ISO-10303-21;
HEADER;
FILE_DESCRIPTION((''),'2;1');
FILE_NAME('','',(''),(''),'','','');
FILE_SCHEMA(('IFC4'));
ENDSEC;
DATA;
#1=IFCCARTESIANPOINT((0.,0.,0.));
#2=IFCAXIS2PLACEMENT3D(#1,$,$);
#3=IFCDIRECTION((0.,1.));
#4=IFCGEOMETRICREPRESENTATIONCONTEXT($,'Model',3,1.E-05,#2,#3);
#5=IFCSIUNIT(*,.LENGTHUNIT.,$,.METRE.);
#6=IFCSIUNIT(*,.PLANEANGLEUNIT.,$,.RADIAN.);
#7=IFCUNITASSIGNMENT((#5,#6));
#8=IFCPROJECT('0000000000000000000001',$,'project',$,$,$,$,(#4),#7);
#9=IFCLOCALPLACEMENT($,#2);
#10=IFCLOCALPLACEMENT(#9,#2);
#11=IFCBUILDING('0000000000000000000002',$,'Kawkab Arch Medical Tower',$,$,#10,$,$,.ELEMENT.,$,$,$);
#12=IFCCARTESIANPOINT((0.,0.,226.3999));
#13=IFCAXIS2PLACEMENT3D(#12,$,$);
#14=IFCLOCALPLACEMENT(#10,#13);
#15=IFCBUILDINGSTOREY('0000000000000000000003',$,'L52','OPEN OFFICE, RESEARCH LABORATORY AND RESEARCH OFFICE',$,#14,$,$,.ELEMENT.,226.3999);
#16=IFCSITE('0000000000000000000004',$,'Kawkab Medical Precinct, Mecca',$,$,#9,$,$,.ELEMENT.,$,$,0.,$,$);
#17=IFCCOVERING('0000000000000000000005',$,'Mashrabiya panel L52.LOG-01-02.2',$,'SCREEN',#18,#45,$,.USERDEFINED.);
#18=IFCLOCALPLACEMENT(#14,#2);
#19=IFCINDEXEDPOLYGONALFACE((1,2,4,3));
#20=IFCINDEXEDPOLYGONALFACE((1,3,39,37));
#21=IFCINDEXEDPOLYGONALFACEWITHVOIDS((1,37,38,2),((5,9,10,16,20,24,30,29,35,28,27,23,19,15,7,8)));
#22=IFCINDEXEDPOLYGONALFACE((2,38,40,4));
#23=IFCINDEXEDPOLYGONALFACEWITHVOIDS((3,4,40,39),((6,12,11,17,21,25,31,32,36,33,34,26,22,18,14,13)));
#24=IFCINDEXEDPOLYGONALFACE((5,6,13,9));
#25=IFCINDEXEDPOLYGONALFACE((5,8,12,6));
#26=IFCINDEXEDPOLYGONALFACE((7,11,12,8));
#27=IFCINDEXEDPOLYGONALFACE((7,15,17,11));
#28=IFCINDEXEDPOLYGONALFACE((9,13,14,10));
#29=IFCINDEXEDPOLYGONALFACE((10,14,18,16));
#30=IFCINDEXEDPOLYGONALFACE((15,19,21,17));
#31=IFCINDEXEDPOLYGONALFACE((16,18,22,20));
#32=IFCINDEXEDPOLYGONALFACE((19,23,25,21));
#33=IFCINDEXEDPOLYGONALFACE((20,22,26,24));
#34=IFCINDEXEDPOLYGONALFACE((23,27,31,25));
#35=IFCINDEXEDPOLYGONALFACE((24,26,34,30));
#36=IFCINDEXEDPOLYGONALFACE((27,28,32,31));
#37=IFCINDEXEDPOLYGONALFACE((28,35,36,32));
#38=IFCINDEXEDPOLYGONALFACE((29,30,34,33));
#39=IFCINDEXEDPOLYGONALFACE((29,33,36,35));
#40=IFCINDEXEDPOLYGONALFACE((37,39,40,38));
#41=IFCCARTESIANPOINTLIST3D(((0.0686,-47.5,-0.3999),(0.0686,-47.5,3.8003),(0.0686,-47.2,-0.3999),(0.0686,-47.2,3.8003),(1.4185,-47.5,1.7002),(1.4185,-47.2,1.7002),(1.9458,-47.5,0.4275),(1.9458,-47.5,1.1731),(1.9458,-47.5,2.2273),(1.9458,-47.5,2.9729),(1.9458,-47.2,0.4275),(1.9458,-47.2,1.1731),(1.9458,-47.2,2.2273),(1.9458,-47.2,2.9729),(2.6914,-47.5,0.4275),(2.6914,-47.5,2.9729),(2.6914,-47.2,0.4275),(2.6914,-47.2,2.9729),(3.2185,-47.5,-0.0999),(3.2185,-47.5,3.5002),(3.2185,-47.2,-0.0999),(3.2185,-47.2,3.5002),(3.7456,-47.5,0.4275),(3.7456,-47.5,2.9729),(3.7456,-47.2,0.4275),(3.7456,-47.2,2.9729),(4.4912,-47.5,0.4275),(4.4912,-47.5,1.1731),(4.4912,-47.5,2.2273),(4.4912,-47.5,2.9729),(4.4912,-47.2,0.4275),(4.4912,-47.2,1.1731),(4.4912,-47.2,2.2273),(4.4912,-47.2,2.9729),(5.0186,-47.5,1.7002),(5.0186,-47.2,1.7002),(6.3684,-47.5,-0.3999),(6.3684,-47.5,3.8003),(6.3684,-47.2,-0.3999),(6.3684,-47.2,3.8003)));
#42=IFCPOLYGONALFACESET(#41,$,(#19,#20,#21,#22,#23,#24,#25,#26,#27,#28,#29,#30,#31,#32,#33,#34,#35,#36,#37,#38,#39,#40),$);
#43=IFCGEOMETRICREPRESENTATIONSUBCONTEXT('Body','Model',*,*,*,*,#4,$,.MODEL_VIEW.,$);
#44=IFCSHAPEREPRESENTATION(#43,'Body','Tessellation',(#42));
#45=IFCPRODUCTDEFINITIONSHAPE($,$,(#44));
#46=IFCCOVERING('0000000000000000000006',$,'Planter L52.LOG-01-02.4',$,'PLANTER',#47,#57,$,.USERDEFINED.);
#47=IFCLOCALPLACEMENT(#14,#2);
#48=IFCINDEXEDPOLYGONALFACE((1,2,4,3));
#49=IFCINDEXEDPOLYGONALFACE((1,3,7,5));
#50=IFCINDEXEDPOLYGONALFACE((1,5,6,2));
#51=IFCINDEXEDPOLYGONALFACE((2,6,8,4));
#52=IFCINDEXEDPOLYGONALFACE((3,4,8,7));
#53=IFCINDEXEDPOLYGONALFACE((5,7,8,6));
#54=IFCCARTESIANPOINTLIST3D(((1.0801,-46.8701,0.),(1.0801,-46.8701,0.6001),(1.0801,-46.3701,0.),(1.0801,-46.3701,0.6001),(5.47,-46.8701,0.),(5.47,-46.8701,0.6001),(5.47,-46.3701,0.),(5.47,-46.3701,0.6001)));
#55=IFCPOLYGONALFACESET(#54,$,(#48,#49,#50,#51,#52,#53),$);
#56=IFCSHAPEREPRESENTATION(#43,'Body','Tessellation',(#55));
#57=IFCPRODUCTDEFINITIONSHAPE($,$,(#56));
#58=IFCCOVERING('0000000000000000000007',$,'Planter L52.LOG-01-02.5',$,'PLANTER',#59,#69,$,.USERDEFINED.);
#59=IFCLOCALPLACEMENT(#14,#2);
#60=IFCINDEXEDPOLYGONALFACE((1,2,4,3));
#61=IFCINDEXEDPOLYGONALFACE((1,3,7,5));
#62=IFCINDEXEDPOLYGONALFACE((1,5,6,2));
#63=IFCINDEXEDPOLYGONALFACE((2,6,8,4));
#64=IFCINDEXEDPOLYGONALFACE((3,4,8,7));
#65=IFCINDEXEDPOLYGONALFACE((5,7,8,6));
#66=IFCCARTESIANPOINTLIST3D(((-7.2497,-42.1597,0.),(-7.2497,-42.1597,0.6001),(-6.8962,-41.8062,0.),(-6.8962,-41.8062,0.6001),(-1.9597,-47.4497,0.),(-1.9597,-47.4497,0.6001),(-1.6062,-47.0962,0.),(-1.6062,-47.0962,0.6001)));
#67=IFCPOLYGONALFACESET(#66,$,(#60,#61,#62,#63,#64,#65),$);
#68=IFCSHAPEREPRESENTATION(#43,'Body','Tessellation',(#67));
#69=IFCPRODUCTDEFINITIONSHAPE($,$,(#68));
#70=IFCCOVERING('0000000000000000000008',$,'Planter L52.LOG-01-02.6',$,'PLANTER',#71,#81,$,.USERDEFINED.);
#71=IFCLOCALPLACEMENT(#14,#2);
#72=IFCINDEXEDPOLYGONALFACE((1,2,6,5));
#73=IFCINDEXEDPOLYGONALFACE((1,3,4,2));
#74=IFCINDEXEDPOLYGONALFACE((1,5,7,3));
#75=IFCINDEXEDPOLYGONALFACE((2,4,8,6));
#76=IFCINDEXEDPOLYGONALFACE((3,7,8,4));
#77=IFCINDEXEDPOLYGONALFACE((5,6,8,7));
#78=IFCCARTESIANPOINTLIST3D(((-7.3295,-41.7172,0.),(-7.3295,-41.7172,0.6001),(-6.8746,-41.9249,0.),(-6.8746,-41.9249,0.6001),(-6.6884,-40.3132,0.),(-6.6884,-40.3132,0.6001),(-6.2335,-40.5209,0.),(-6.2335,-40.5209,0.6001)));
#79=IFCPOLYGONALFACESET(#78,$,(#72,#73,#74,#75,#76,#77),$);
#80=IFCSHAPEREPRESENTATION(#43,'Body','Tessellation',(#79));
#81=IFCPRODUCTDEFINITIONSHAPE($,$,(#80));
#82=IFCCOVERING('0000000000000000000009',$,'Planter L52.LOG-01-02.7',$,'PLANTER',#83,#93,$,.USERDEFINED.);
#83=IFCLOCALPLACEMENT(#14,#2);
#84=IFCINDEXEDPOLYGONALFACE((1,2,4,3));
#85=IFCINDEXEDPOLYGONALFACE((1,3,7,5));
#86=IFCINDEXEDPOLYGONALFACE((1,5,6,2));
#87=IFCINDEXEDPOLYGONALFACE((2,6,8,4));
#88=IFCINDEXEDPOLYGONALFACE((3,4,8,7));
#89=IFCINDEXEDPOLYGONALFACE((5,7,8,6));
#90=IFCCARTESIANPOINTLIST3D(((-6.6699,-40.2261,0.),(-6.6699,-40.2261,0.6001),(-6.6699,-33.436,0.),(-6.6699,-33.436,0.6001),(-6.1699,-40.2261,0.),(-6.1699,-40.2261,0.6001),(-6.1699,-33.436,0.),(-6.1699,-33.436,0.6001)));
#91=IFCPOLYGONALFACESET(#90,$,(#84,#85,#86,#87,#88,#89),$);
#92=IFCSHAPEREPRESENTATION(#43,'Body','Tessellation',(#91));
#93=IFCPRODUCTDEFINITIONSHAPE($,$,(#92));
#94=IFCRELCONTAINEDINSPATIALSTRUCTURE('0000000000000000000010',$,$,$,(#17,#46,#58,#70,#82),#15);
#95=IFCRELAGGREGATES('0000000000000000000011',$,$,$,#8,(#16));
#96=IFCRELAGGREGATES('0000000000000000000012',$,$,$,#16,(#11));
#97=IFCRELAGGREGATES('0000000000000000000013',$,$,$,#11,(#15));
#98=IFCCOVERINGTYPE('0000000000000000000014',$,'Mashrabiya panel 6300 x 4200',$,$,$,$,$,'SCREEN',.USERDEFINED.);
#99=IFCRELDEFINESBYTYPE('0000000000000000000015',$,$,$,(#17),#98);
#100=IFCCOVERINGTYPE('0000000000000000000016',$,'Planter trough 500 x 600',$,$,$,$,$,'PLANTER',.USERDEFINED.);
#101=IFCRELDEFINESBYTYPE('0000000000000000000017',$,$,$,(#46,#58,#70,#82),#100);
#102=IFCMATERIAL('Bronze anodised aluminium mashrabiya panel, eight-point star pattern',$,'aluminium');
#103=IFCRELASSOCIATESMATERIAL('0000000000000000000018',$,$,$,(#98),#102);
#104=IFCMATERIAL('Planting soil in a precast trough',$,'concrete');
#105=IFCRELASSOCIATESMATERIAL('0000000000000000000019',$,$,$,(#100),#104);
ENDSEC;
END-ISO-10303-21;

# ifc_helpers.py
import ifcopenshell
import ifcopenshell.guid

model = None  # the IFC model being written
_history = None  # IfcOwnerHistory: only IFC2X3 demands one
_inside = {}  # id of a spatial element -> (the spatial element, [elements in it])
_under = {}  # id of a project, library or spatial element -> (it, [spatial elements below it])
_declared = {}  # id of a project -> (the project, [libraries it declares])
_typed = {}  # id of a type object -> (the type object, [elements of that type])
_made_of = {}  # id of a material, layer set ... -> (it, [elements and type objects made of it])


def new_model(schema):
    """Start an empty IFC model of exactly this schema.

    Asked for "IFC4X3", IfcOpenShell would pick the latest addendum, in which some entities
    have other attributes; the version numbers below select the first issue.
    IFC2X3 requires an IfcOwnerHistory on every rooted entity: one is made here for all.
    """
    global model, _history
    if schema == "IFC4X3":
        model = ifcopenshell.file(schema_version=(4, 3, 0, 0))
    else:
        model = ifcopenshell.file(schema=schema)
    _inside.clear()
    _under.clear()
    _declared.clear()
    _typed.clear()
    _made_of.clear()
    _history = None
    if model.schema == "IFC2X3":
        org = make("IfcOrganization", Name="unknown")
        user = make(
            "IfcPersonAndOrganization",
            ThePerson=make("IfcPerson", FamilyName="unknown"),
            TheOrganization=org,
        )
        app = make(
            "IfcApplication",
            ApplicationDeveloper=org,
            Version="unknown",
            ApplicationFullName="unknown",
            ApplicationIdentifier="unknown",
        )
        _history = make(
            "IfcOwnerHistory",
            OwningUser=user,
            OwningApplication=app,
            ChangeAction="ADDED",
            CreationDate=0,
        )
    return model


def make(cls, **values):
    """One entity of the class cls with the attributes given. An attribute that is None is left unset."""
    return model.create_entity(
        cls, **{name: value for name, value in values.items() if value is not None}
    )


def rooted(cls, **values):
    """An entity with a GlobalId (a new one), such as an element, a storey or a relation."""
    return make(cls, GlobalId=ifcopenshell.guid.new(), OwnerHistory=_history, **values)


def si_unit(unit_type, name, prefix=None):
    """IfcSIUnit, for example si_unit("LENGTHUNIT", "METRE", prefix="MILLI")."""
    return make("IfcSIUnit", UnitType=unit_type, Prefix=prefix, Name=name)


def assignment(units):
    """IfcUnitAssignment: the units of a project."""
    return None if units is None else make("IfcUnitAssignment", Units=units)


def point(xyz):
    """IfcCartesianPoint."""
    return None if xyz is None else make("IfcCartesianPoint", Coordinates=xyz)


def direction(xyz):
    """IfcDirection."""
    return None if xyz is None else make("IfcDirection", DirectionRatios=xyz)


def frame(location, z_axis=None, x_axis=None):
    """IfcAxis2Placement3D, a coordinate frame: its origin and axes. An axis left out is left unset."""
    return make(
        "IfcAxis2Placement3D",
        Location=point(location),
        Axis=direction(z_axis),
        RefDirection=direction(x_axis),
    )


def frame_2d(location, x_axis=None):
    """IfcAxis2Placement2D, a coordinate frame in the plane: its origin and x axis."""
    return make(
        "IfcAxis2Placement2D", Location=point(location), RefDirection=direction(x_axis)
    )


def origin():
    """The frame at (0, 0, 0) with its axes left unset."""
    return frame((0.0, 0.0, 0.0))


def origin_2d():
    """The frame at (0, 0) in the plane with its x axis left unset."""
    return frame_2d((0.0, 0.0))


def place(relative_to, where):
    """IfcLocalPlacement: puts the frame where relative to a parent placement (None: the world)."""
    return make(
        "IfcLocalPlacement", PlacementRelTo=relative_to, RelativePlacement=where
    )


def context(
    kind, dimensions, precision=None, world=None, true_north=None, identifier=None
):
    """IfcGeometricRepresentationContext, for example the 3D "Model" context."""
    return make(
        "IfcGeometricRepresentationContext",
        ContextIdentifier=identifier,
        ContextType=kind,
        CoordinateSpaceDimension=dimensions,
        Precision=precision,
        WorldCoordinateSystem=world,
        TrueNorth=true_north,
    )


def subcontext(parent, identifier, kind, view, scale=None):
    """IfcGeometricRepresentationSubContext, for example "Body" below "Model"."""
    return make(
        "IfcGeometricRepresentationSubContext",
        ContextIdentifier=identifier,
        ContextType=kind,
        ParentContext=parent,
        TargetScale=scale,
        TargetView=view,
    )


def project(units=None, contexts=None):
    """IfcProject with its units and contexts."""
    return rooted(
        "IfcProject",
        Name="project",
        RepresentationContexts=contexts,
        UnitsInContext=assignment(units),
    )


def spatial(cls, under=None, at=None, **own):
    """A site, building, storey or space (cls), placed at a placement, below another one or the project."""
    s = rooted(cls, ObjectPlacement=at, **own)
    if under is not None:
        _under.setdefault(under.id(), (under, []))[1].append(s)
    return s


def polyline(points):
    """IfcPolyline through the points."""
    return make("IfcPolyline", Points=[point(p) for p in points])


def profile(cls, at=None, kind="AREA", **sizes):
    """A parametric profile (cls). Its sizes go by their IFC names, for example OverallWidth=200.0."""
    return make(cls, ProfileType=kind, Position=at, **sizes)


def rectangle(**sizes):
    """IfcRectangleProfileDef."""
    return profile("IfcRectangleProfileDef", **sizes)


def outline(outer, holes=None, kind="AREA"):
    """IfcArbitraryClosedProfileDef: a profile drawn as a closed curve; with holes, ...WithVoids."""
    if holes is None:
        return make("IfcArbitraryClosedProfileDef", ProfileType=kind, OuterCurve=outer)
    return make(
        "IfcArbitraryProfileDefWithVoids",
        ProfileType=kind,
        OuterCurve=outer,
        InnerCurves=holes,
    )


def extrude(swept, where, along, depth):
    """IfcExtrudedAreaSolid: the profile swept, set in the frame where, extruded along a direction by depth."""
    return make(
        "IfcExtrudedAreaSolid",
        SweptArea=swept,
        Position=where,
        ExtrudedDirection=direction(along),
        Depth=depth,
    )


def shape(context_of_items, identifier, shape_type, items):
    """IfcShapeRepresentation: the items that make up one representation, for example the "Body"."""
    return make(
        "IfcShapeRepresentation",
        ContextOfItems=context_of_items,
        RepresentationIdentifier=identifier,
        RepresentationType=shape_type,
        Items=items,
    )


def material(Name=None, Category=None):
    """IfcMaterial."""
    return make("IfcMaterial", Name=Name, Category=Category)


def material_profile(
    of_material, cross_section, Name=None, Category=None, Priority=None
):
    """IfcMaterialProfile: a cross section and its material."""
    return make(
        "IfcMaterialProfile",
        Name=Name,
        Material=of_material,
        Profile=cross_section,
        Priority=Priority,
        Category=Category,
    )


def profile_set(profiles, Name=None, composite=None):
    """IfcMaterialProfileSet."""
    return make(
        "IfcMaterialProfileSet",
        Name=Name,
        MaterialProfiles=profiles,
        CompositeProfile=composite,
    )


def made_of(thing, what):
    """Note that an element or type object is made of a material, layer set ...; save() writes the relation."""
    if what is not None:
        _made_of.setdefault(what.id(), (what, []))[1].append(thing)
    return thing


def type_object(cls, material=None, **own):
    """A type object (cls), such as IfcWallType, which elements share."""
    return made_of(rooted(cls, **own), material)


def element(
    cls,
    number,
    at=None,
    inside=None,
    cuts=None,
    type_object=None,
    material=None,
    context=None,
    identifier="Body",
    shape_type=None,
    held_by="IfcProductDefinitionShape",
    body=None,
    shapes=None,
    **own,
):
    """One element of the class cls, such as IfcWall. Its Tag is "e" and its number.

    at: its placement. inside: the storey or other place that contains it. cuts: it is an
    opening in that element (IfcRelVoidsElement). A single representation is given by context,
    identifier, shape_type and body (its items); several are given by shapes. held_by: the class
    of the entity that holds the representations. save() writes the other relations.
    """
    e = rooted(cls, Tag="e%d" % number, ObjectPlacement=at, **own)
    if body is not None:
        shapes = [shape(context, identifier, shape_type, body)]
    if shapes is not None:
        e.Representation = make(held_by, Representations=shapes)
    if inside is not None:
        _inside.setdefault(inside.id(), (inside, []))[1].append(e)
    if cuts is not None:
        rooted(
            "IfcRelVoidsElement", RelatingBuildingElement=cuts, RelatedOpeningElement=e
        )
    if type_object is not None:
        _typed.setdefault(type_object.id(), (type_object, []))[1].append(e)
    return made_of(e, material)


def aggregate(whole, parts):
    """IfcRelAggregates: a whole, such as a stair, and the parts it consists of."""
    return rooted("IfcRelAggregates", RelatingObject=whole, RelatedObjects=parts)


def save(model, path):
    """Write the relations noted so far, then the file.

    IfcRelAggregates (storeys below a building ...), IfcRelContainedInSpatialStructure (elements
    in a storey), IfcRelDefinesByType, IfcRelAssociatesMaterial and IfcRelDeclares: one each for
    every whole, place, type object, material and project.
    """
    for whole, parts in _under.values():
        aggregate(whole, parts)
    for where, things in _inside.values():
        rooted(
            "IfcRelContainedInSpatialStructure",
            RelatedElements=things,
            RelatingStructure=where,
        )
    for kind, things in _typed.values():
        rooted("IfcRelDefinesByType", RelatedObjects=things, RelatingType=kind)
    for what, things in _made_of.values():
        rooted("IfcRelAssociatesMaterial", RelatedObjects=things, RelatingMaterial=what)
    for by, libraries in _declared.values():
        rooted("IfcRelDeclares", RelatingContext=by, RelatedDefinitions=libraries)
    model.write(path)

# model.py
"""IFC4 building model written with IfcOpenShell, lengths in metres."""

from ifc_helpers import new_model, si_unit, direction, frame, origin, origin_2d, place, context, subcontext, project, spatial, polyline, rectangle, outline, extrude, material, material_profile, profile_set, type_object, element, save


model = new_model("IFC4")

# Units and contexts
model_context = context("Model", 3, precision=1e-05, world=origin(), true_north=direction((0.0, 1.0)))
body_context = subcontext(model_context, "Body", "Model", "MODEL_VIEW")
ifc_project = project(units=[si_unit("LENGTHUNIT", "METRE"), si_unit("PLANEANGLEUNIT", "RADIAN")], contexts=[model_context])

# Site, building, storey
site_placement = place(None, origin())
site = spatial("IfcSite", under=ifc_project, at=site_placement, Name="Kawkab Medical Precinct, Mecca", CompositionType="ELEMENT", RefElevation=0.0)
building_placement = place(site_placement, origin())
building = spatial("IfcBuilding", under=site, at=building_placement, Name="Kawkab Arch Medical Tower", CompositionType="ELEMENT")
storey_placement = place(building_placement, frame((0.0, 0.0, 226.3999)))
storey = spatial("IfcBuildingStorey", under=building, at=storey_placement, Name="L52", Description="OPEN OFFICE, RESEARCH LABORATORY AND RESEARCH OFFICE", CompositionType="ELEMENT", Elevation=226.3999)

# Coverings
ifc_material_1 = material(Name="Bronze anodised aluminium mashrabiya panel, eight-point star pattern", Category="aluminium")
ifc_material_profile_1 = material_profile(ifc_material_1, outline(polyline([(-3.1499, -2.1001), (3.1499, -2.1001), (3.1499, 2.1001), (-3.1499, 2.1001), (-3.1499, -2.1001)]), holes=[polyline([(1.8, 0.0), (1.2727, 0.5271), (1.2727, 1.2727), (0.5271, 1.2727), (0.0, 1.8), (-0.5271, 1.2727), (-1.2727, 1.2727), (-1.2727, 0.5271), (-1.8, 0.0), (-1.2727, -0.5271), (-1.2727, -1.2727), (-0.5271, -1.2727), (0.0, -1.8), (0.5271, -1.2727), (1.2727, -1.2727), (1.2727, -0.5271), (1.8, 0.0)])]), Name="Mashrabiya panel 6300x4200")
ifc_profile_set_1 = profile_set([ifc_material_profile_1], Name="Bronze anodised aluminium mashrabiya panel, eight-point star pattern")
covering_type_1 = type_object("IfcCoveringType", Name="Mashrabiya panel 6300 x 4200", ElementType="SCREEN", PredefinedType="USERDEFINED", material=ifc_profile_set_1)
covering_1_placement = place(storey_placement, frame((3.2185, -47.2, 1.7002), z_axis=(0.0, -1.0, 0.0), x_axis=(1.0, 0.0, 0.0)))
element("IfcCovering", 1, at=covering_1_placement, inside=storey, type_object=covering_type_1, Name="Mashrabiya panel L52.LOG-01-02.2", ObjectType="SCREEN", PredefinedType="USERDEFINED", context=body_context, shape_type="SweptSolid", body=[
    extrude(outline(polyline([(-3.1499, -2.1001), (3.1499, -2.1001), (3.1499, 2.1001), (-3.1499, 2.1001), (-3.1499, -2.1001)]), holes=[polyline([(1.8, 0.0), (1.2727, 0.5271), (1.2727, 1.2727), (0.5271, 1.2727), (0.0, 1.8), (-0.5271, 1.2727), (-1.2727, 1.2727), (-1.2727, 0.5271), (-1.8, 0.0), (-1.2727, -0.5271), (-1.2727, -1.2727), (-0.5271, -1.2727), (0.0, -1.8), (0.5271, -1.2727), (1.2727, -1.2727), (1.2727, -0.5271), (1.8, 0.0)])]), origin(), (0.0, 0.0, 1.0), 0.3),
])
ifc_material_2 = material(Name="Planting soil in a precast trough", Category="concrete")
ifc_material_profile_2 = material_profile(ifc_material_2, rectangle(XDim=0.5, YDim=0.6001, at=origin_2d()), Name="Trough 500x600")
ifc_profile_set_2 = profile_set([ifc_material_profile_2], Name="Planting soil in a precast trough")
covering_type_2 = type_object("IfcCoveringType", Name="Planter trough 500 x 600", ElementType="PLANTER", PredefinedType="USERDEFINED", material=ifc_profile_set_2)
covering_2_placement = place(storey_placement, frame((5.47, -46.6201, 0.3), z_axis=(-1.0, 0.0, 0.0), x_axis=(0.0, -1.0, 0.0)))
element("IfcCovering", 2, at=covering_2_placement, inside=storey, type_object=covering_type_2, Name="Planter L52.LOG-01-02.4", ObjectType="PLANTER", PredefinedType="USERDEFINED", context=body_context, shape_type="SweptSolid", body=[
    extrude(rectangle(XDim=0.5, YDim=0.6001, at=origin_2d()), origin(), (0.0, 0.0, 1.0), 4.3899),
])
covering_3_placement = place(storey_placement, frame((-1.783, -47.2729, 0.3), z_axis=(-0.707107, 0.707107, 0.0), x_axis=(-0.707107, -0.707107, 0.0)))
element("IfcCovering", 3, at=covering_3_placement, inside=storey, type_object=covering_type_2, Name="Planter L52.LOG-01-02.5", ObjectType="PLANTER", PredefinedType="USERDEFINED", context=body_context, shape_type="SweptSolid", body=[
    extrude(rectangle(XDim=0.5, YDim=0.6001, at=origin_2d()), origin(), (0.0, 0.0, 1.0), 7.4812),
])
covering_4_placement = place(storey_placement, frame((-7.1021, -41.821, 0.3), z_axis=(0.415363, 0.909656, 0.0), x_axis=(-0.909656, 0.415363, 0.0)))
element("IfcCovering", 4, at=covering_4_placement, inside=storey, type_object=covering_type_2, Name="Planter L52.LOG-01-02.6", ObjectType="PLANTER", PredefinedType="USERDEFINED", context=body_context, shape_type="SweptSolid", body=[
    extrude(rectangle(XDim=0.5, YDim=0.6001, at=origin_2d()), origin(), (0.0, 0.0, 1.0), 1.5435),
])
covering_5_placement = place(storey_placement, frame((-6.4199, -40.2261, 0.3), z_axis=(0.0, 1.0, 0.0), x_axis=(-1.0, 0.0, 0.0)))
element("IfcCovering", 5, at=covering_5_placement, inside=storey, type_object=covering_type_2, Name="Planter L52.LOG-01-02.7", ObjectType="PLANTER", PredefinedType="USERDEFINED", context=body_context, shape_type="SweptSolid", body=[
    extrude(rectangle(XDim=0.5, YDim=0.6001, at=origin_2d()), origin(), (0.0, 0.0, 1.0), 6.79),
])

save(model, "model.ifc")
